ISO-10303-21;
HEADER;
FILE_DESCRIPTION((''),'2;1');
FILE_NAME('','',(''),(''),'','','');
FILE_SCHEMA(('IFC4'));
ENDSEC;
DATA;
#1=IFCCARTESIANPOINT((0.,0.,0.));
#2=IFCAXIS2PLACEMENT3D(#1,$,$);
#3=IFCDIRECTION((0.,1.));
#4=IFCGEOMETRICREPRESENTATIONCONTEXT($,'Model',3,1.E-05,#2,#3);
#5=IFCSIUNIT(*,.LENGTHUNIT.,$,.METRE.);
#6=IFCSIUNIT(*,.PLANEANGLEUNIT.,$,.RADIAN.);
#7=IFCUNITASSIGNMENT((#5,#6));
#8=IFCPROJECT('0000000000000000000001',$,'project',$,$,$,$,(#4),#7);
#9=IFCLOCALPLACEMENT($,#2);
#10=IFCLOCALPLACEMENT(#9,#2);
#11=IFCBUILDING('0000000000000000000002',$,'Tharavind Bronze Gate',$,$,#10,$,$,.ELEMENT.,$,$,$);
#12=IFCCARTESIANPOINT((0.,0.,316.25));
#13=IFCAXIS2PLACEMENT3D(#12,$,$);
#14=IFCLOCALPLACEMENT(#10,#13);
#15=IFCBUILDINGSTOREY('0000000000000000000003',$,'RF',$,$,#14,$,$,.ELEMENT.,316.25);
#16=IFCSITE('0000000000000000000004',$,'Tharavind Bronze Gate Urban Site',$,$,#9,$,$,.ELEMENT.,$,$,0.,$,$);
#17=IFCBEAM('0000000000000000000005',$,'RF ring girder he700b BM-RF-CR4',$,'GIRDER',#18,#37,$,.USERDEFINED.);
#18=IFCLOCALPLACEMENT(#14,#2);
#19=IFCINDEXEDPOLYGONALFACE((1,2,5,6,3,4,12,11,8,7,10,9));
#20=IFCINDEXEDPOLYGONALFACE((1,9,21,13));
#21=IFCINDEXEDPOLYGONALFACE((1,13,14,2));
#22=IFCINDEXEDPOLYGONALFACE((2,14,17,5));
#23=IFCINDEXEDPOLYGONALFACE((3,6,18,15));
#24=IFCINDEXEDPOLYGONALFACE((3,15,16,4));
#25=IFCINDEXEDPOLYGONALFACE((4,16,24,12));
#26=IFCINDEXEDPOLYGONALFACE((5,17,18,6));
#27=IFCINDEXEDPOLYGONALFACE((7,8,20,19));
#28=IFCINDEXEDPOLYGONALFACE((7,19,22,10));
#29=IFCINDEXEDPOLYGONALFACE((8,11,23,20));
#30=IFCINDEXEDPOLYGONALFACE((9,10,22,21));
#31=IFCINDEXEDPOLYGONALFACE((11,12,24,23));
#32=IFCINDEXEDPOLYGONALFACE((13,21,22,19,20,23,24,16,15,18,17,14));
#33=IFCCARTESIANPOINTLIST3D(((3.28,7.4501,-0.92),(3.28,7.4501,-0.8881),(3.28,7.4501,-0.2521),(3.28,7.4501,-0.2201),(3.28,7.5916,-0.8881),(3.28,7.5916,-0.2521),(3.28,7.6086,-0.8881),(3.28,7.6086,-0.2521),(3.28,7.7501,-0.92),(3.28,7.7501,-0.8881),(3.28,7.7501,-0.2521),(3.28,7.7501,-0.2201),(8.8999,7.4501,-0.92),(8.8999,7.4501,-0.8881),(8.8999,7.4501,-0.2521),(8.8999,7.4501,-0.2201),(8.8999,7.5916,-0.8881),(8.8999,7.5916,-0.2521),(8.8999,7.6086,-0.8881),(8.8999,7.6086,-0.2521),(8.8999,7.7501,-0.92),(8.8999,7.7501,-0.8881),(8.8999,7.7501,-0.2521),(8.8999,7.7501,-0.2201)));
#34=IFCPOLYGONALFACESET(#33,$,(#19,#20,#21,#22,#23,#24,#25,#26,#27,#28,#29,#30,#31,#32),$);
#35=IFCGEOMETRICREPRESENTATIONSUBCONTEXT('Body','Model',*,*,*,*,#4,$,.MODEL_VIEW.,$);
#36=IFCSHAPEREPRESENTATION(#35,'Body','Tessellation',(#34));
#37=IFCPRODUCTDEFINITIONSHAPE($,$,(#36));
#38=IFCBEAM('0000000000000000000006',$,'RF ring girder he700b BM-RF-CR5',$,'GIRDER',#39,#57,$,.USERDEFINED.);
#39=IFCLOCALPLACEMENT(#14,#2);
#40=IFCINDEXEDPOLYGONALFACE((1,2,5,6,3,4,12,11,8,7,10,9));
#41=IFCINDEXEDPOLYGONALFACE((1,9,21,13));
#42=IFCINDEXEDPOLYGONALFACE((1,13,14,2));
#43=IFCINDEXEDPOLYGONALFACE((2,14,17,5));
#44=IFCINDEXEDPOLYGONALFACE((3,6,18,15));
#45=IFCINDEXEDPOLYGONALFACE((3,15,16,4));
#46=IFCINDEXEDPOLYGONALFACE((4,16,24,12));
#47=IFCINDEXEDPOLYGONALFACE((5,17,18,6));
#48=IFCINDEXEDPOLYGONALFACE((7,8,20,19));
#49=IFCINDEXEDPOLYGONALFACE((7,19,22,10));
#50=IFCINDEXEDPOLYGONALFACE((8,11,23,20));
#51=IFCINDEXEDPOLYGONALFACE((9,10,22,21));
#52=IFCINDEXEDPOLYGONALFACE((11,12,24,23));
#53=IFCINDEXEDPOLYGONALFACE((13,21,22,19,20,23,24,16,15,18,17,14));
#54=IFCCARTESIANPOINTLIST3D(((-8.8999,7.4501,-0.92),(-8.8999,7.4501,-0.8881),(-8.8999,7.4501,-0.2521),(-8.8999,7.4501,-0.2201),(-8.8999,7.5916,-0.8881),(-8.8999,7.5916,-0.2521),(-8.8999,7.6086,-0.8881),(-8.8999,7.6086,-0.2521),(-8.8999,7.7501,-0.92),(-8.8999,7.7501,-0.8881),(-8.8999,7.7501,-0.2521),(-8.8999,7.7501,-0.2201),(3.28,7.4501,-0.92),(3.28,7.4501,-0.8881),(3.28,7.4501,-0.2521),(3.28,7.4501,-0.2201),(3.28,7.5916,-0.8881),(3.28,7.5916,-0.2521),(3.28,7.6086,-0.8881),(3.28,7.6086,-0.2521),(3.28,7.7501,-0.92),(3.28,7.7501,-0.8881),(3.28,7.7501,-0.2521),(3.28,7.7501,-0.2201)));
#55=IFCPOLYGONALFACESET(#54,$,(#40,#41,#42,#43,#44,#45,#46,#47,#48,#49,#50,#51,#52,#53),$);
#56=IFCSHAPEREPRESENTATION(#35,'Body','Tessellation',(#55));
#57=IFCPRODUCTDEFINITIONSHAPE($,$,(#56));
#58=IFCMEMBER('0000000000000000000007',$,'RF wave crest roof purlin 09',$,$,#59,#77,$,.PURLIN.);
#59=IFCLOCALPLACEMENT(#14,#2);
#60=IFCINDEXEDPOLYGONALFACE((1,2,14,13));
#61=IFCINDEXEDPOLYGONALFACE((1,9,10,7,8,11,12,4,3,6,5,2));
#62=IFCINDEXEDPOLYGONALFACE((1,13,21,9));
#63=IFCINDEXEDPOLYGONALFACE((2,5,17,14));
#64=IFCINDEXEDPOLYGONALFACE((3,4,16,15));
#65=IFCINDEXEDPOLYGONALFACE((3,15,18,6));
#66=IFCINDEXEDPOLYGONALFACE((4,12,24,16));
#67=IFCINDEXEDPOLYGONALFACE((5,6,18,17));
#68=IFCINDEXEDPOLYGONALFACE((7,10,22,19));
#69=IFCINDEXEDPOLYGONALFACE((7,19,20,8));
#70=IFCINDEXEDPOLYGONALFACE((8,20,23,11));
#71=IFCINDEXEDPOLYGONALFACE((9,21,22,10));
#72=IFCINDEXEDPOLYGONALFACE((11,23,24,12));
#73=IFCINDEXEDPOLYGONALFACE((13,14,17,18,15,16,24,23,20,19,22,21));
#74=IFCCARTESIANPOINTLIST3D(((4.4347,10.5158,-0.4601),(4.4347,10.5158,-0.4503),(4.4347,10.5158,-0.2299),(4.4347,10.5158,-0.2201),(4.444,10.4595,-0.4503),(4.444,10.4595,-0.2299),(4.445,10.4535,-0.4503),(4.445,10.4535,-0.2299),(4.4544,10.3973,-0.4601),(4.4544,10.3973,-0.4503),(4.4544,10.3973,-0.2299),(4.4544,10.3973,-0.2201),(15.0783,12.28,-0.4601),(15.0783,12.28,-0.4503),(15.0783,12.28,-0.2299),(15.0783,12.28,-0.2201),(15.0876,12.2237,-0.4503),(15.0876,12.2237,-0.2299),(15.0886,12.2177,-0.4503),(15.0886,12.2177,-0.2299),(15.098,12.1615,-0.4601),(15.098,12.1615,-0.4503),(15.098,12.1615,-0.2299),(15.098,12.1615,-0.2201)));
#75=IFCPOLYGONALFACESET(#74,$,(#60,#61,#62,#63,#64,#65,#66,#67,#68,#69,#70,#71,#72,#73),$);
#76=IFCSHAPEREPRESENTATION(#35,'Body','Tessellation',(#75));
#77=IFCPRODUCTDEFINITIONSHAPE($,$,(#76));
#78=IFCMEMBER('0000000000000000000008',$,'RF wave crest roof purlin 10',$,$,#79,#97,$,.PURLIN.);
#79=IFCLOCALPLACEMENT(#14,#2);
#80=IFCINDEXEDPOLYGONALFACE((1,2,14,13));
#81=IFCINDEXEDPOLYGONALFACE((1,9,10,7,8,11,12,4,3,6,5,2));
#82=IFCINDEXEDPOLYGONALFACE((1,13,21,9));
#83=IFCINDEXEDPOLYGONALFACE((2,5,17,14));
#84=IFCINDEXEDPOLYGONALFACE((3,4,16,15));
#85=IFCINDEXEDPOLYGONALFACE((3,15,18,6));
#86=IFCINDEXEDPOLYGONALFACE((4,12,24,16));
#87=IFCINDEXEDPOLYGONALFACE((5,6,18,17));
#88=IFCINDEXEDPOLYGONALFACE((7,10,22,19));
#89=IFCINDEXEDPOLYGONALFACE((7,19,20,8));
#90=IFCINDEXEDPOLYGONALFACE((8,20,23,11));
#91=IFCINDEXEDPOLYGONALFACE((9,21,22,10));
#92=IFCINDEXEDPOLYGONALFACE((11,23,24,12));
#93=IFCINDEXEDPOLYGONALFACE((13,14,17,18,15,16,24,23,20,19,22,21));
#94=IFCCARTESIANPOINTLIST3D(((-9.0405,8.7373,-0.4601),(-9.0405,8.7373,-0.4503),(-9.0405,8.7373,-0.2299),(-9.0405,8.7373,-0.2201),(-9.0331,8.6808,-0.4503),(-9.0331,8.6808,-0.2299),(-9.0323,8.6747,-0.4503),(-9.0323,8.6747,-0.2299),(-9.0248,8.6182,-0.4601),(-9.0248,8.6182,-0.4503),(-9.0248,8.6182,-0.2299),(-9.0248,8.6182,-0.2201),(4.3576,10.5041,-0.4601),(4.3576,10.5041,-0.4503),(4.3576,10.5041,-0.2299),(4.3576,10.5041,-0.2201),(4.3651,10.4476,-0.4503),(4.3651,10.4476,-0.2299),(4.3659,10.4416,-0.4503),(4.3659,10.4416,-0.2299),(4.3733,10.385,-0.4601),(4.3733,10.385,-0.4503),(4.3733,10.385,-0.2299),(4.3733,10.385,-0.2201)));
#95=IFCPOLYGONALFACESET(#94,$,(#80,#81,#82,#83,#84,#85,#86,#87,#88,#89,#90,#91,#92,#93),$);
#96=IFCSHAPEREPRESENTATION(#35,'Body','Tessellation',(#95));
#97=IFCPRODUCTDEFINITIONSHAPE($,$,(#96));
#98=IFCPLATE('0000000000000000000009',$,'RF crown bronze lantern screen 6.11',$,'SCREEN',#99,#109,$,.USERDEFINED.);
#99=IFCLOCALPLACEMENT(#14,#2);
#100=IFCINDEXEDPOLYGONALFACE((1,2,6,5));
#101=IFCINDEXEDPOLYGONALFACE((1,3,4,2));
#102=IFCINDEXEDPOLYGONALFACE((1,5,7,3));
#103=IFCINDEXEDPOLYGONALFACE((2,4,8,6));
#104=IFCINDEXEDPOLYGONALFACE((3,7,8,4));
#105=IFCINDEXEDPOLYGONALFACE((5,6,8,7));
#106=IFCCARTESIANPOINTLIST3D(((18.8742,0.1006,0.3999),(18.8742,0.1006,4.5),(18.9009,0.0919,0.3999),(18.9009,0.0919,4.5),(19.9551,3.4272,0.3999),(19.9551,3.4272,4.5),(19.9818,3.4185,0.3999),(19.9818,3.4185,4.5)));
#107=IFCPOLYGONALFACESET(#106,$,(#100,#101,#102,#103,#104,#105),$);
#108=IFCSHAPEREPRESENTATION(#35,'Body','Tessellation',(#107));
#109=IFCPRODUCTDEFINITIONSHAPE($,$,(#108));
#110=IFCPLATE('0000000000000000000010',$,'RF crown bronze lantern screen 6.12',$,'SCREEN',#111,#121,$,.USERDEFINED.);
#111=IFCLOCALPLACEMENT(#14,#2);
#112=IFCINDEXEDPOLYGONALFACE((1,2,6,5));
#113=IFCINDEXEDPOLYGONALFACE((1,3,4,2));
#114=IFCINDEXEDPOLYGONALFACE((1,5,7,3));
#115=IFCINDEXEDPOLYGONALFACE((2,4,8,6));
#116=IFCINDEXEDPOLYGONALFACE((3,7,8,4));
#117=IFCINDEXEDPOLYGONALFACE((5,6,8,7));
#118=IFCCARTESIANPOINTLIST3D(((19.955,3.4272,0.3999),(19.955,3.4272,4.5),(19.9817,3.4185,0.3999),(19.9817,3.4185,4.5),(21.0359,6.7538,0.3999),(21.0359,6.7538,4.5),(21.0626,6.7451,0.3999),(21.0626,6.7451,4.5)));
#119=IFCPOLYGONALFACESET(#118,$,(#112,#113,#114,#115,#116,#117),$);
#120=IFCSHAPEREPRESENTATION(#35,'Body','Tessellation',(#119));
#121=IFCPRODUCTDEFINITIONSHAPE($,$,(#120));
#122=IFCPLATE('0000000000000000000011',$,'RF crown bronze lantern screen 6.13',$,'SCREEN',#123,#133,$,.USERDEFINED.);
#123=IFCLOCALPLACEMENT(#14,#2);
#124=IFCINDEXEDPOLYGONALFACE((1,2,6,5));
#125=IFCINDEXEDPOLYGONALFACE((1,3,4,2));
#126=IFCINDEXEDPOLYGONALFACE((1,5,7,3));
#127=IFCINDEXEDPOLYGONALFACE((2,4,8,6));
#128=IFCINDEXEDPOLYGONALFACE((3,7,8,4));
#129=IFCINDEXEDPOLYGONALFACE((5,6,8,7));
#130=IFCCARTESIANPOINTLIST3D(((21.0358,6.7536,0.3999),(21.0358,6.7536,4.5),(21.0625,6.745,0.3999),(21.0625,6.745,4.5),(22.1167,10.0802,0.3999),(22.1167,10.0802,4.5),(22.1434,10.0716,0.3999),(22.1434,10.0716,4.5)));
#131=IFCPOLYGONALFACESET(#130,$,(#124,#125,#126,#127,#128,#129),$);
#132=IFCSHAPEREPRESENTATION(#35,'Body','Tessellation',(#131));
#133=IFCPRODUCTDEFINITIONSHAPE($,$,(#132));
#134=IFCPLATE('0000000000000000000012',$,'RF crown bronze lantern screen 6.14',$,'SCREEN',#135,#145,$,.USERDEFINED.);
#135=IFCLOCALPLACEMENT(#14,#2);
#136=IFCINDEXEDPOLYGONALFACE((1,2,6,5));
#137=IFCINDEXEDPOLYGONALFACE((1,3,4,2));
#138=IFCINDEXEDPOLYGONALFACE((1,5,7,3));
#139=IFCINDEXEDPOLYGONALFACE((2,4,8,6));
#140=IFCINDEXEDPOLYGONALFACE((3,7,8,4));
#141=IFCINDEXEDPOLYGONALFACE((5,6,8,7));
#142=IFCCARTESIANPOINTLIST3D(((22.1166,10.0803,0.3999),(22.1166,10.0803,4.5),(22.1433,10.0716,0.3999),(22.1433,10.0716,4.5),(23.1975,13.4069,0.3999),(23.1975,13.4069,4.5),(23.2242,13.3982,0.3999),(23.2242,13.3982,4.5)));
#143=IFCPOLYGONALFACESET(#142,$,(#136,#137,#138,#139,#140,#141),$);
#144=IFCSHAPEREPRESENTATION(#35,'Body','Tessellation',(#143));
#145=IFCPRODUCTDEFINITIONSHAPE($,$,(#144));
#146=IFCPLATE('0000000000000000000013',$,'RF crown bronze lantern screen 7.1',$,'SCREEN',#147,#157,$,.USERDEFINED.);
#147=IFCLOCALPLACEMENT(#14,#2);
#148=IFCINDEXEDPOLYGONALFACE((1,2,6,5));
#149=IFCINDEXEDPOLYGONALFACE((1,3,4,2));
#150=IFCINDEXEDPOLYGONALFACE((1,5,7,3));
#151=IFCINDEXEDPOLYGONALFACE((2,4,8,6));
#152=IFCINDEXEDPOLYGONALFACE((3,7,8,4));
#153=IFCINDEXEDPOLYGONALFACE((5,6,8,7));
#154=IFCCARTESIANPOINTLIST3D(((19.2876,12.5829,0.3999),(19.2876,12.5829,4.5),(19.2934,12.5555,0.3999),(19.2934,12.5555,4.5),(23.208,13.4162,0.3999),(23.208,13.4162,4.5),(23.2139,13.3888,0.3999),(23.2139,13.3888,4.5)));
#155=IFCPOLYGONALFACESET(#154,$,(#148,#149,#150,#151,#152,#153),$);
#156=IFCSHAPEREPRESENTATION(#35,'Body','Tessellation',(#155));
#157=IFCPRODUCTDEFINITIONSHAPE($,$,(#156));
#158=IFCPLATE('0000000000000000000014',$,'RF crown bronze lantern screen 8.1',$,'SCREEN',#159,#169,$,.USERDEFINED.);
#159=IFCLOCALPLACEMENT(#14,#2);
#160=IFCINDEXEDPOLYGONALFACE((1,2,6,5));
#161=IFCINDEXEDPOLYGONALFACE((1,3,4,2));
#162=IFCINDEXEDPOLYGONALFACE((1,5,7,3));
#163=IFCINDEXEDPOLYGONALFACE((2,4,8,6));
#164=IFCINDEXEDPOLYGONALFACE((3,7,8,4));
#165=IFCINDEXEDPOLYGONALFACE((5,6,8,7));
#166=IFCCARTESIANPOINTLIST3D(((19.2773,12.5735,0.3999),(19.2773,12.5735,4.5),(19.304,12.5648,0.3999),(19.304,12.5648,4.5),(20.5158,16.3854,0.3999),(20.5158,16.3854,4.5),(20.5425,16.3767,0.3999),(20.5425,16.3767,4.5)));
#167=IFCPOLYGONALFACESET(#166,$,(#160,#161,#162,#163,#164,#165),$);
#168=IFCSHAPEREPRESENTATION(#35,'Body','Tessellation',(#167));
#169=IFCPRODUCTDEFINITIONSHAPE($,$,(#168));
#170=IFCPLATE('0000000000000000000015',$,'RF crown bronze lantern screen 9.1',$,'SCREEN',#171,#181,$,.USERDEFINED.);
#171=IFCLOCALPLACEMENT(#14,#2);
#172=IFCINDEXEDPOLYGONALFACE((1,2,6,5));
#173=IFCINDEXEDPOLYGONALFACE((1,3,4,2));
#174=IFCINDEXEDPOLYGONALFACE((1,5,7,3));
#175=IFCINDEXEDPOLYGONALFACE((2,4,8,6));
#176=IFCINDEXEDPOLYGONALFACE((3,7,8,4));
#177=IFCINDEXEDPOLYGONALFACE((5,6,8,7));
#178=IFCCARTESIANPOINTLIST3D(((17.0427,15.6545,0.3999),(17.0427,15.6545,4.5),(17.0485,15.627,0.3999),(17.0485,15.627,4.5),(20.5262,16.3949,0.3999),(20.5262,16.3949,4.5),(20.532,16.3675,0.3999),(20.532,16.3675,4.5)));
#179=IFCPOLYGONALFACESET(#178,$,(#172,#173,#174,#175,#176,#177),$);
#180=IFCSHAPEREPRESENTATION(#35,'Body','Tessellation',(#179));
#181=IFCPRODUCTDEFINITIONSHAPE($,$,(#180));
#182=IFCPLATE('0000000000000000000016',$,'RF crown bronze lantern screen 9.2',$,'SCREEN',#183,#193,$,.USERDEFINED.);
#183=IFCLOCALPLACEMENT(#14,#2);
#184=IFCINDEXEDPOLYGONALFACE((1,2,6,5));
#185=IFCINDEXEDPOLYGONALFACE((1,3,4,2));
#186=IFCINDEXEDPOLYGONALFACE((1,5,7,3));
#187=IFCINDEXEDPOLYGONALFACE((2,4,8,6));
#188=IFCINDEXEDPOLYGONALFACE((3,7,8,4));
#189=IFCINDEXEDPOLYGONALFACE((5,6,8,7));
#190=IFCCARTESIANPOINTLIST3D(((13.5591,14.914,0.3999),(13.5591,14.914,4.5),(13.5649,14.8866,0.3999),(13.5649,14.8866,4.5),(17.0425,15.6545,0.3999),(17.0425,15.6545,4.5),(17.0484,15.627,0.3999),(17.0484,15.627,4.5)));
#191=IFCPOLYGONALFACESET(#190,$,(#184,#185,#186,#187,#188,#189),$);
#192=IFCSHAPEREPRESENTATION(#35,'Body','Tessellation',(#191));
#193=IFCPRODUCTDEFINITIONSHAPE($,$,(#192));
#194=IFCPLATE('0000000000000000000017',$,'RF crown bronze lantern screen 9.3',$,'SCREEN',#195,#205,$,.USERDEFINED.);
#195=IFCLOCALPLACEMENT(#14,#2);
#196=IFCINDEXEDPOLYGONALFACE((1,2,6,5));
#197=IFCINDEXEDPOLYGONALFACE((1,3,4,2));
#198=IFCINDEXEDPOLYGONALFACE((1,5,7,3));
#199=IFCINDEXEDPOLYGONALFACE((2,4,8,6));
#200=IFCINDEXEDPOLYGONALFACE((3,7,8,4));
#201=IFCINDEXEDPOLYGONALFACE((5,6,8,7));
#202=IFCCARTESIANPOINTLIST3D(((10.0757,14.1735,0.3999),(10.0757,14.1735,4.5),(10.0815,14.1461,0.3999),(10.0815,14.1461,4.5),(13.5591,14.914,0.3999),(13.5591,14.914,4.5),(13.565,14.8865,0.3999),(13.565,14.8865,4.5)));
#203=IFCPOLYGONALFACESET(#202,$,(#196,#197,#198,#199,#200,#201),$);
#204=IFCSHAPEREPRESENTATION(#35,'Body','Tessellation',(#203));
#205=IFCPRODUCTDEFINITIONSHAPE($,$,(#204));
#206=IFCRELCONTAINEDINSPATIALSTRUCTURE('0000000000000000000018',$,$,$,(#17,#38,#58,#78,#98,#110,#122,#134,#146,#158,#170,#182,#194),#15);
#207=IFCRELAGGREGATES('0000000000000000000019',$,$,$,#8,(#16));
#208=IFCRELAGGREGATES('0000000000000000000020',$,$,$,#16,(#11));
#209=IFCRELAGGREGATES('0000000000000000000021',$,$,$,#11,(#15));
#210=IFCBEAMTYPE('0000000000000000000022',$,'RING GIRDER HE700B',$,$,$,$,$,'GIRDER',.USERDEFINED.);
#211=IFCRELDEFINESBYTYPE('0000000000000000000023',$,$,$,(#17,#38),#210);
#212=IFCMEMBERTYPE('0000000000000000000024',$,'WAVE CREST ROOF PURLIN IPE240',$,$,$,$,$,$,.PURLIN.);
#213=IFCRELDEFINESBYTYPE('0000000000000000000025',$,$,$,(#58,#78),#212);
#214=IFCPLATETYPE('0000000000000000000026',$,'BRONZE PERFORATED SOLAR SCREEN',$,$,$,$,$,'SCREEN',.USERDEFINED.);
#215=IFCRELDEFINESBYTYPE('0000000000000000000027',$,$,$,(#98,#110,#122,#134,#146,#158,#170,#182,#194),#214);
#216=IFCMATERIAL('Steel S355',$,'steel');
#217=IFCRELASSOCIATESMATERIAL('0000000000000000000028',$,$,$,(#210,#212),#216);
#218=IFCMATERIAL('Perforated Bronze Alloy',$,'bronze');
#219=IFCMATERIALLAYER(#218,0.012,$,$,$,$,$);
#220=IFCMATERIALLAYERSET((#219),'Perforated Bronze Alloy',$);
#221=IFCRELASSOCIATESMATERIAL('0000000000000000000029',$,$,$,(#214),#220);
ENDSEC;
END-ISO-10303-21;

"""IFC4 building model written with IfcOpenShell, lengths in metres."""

from ifc_helpers import new_model, si_unit, direction, frame, origin, origin_2d, place, context, subcontext, project, spatial, rectangle, i_section, extrude, material, layer, layer_set, material_profile, profile_set, type_object, element, save


model = new_model("IFC4")

# Units and contexts
model_context = context("Model", 3, precision=1e-05, world=origin(), true_north=direction((0.0, 1.0)))
body_context = subcontext(model_context, "Body", "Model", "MODEL_VIEW")
ifc_project = project(units=[si_unit("LENGTHUNIT", "METRE"), si_unit("PLANEANGLEUNIT", "RADIAN")], contexts=[model_context])

# Site, building, storey
site_placement = place(None, origin())
site = spatial("IfcSite", under=ifc_project, at=site_placement, Name="Tharavind Bronze Gate Urban Site", CompositionType="ELEMENT", RefElevation=0.0)
building_placement = place(site_placement, origin())
building = spatial("IfcBuilding", under=site, at=building_placement, Name="Tharavind Bronze Gate", CompositionType="ELEMENT")
storey_placement = place(building_placement, frame((0.0, 0.0, 316.25)))
storey = spatial("IfcBuildingStorey", under=building, at=storey_placement, Name="RF", CompositionType="ELEMENT", Elevation=316.25)

# Beams
ifc_material_1 = material(Name="Steel S355", Category="steel")
ifc_material_profile_1 = material_profile(ifc_material_1, i_section(OverallWidth=0.3, OverallDepth=0.7, WebThickness=0.0171, FlangeThickness=0.032, at=origin_2d()), Name="HE700B")
ifc_profile_set_1 = profile_set([ifc_material_profile_1], Name="Steel S355")
beam_type_1 = type_object("IfcBeamType", Name="RING GIRDER HE700B", ElementType="GIRDER", PredefinedType="USERDEFINED", material=ifc_profile_set_1)
beam_1_placement = place(storey_placement, frame((8.8999, 7.6001, -0.5701), z_axis=(-1.0, 0.0, 0.0), x_axis=(0.0, -1.0, 0.0)))
element("IfcBeam", 1, at=beam_1_placement, inside=storey, type_object=beam_type_1, Name="RF ring girder he700b BM-RF-CR4", ObjectType="GIRDER", PredefinedType="USERDEFINED", context=body_context, shape_type="SweptSolid", body=[
    extrude(i_section(OverallWidth=0.3, OverallDepth=0.7, WebThickness=0.0171, FlangeThickness=0.032, at=origin_2d()), origin(), (0.0, 0.0, 1.0), 5.6199),
])
beam_2_placement = place(storey_placement, frame((3.28, 7.6001, -0.5701), z_axis=(-1.0, 0.0, 0.0), x_axis=(0.0, -1.0, 0.0)))
element("IfcBeam", 2, at=beam_2_placement, inside=storey, type_object=beam_type_1, Name="RF ring girder he700b BM-RF-CR5", ObjectType="GIRDER", PredefinedType="USERDEFINED", context=body_context, shape_type="SweptSolid", body=[
    extrude(i_section(OverallWidth=0.3, OverallDepth=0.7, WebThickness=0.0171, FlangeThickness=0.032, at=origin_2d()), origin(), (0.0, 0.0, 1.0), 12.1799),
])

# Members
ifc_material_profile_2 = material_profile(ifc_material_1, i_section(OverallWidth=0.1201, OverallDepth=0.24, WebThickness=0.0061, FlangeThickness=0.0098, at=origin_2d()), Name="IPE240")
ifc_profile_set_2 = profile_set([ifc_material_profile_2], Name="Steel S355")
member_type = type_object("IfcMemberType", Name="WAVE CREST ROOF PURLIN IPE240", PredefinedType="PURLIN", material=ifc_profile_set_2)
member_1_placement = place(storey_placement, frame((15.0881, 12.2207, -0.3401), z_axis=(-0.98654, -0.163518, 0.0), x_axis=(0.163518, -0.98654, 0.0)))
element("IfcMember", 3, at=member_1_placement, inside=storey, type_object=member_type, Name="RF wave crest roof purlin 09", PredefinedType="PURLIN", context=body_context, shape_type="SweptSolid", body=[
    extrude(i_section(OverallWidth=0.1201, OverallDepth=0.24, WebThickness=0.0061, FlangeThickness=0.0098, at=origin_2d()), origin(), (0.0, 0.0, 1.0), 10.7888),
])
member_2_placement = place(storey_placement, frame((4.3655, 10.4446, -0.3401), z_axis=(-0.991417, -0.13074, 0.0), x_axis=(0.13074, -0.991417, 0.0)))
element("IfcMember", 4, at=member_2_placement, inside=storey, type_object=member_type, Name="RF wave crest roof purlin 10", PredefinedType="PURLIN", context=body_context, shape_type="SweptSolid", body=[
    extrude(i_section(OverallWidth=0.1201, OverallDepth=0.24, WebThickness=0.0061, FlangeThickness=0.0098, at=origin_2d()), origin(), (0.0, 0.0, 1.0), 13.5142),
])

# Plates
ifc_material_2 = material(Name="Perforated Bronze Alloy", Category="bronze")
ifc_layer_1 = layer(ifc_material_2, 0.012)
ifc_layer_set_1 = layer_set([ifc_layer_1], Name="Perforated Bronze Alloy")
plate_type = type_object("IfcPlateType", Name="BRONZE PERFORATED SOLAR SCREEN", ElementType="SCREEN", PredefinedType="USERDEFINED", material=ifc_layer_set_1)
for number, where, z_axis, x_axis, name in (
    (5, (19.428, 1.7595, 0.3999), (0.0, 0.0, 1.0), (0.309017, 0.951057, 0.0), "RF crown bronze lantern screen 6.11"),
    (6, (20.5088, 5.0862, 0.3999), (0.0, 0.0, 1.0), (0.309017, 0.951057, 0.0), "RF crown bronze lantern screen 6.12"),
    (7, (21.5896, 8.4126, 0.3999), (0.0, 0.0, 1.0), (0.309017, 0.951057, 0.0), "RF crown bronze lantern screen 6.13"),
    (8, (22.6704, 11.7393, 0.3999), (0.0, 0.0, 1.0), (0.309017, 0.951057, 0.0), "RF crown bronze lantern screen 6.14"),
):
    element("IfcPlate", number, at=place(storey_placement, frame(where, z_axis=z_axis, x_axis=x_axis)), inside=storey, type_object=plate_type, Name=name, ObjectType="SCREEN", PredefinedType="USERDEFINED", context=body_context, shape_type="SweptSolid", body=[
        extrude(rectangle(XDim=3.4978, YDim=0.0281, at=origin_2d()), origin(), (0.0, 0.0, 1.0), 4.1001),
    ])
for number, where, z_axis, x_axis, name in (
    (9, (21.2507, 12.9858, 0.3999), (0.0, 0.0, 1.0), (-0.978148, -0.20791, 0.0), "RF crown bronze lantern screen 7.1"),
    (10, (19.9099, 14.4751, 0.3999), (0.0, 0.0, 1.0), (0.309004, 0.951061, 0.0), "RF crown bronze lantern screen 8.1"),
):
    element("IfcPlate", number, at=place(storey_placement, frame(where, z_axis=z_axis, x_axis=x_axis)), inside=storey, type_object=plate_type, Name=name, ObjectType="SCREEN", PredefinedType="USERDEFINED", context=body_context, shape_type="SweptSolid", body=[
        extrude(rectangle(XDim=4.0081, YDim=0.0281, at=origin_2d()), origin(), (0.0, 0.0, 1.0), 4.1001),
    ])
for number, where, z_axis, x_axis, name in (
    (11, (18.7874, 16.011, 0.3999), (0.0, 0.0, 1.0), (-0.978148, -0.207912, 0.0), "RF crown bronze lantern screen 9.1"),
    (12, (15.3037, 15.2705, 0.3999), (0.0, 0.0, 1.0), (-0.978148, -0.207912, 0.0), "RF crown bronze lantern screen 9.2"),
    (13, (11.8203, 14.53, 0.3999), (0.0, 0.0, 1.0), (-0.978148, -0.207912, 0.0), "RF crown bronze lantern screen 9.3"),
):
    element("IfcPlate", number, at=place(storey_placement, frame(where, z_axis=z_axis, x_axis=x_axis)), inside=storey, type_object=plate_type, Name=name, ObjectType="SCREEN", PredefinedType="USERDEFINED", context=body_context, shape_type="SweptSolid", body=[
        extrude(rectangle(XDim=3.5613, YDim=0.0281, at=origin_2d()), origin(), (0.0, 0.0, 1.0), 4.1001),
    ])

save(model, "model.ifc")
